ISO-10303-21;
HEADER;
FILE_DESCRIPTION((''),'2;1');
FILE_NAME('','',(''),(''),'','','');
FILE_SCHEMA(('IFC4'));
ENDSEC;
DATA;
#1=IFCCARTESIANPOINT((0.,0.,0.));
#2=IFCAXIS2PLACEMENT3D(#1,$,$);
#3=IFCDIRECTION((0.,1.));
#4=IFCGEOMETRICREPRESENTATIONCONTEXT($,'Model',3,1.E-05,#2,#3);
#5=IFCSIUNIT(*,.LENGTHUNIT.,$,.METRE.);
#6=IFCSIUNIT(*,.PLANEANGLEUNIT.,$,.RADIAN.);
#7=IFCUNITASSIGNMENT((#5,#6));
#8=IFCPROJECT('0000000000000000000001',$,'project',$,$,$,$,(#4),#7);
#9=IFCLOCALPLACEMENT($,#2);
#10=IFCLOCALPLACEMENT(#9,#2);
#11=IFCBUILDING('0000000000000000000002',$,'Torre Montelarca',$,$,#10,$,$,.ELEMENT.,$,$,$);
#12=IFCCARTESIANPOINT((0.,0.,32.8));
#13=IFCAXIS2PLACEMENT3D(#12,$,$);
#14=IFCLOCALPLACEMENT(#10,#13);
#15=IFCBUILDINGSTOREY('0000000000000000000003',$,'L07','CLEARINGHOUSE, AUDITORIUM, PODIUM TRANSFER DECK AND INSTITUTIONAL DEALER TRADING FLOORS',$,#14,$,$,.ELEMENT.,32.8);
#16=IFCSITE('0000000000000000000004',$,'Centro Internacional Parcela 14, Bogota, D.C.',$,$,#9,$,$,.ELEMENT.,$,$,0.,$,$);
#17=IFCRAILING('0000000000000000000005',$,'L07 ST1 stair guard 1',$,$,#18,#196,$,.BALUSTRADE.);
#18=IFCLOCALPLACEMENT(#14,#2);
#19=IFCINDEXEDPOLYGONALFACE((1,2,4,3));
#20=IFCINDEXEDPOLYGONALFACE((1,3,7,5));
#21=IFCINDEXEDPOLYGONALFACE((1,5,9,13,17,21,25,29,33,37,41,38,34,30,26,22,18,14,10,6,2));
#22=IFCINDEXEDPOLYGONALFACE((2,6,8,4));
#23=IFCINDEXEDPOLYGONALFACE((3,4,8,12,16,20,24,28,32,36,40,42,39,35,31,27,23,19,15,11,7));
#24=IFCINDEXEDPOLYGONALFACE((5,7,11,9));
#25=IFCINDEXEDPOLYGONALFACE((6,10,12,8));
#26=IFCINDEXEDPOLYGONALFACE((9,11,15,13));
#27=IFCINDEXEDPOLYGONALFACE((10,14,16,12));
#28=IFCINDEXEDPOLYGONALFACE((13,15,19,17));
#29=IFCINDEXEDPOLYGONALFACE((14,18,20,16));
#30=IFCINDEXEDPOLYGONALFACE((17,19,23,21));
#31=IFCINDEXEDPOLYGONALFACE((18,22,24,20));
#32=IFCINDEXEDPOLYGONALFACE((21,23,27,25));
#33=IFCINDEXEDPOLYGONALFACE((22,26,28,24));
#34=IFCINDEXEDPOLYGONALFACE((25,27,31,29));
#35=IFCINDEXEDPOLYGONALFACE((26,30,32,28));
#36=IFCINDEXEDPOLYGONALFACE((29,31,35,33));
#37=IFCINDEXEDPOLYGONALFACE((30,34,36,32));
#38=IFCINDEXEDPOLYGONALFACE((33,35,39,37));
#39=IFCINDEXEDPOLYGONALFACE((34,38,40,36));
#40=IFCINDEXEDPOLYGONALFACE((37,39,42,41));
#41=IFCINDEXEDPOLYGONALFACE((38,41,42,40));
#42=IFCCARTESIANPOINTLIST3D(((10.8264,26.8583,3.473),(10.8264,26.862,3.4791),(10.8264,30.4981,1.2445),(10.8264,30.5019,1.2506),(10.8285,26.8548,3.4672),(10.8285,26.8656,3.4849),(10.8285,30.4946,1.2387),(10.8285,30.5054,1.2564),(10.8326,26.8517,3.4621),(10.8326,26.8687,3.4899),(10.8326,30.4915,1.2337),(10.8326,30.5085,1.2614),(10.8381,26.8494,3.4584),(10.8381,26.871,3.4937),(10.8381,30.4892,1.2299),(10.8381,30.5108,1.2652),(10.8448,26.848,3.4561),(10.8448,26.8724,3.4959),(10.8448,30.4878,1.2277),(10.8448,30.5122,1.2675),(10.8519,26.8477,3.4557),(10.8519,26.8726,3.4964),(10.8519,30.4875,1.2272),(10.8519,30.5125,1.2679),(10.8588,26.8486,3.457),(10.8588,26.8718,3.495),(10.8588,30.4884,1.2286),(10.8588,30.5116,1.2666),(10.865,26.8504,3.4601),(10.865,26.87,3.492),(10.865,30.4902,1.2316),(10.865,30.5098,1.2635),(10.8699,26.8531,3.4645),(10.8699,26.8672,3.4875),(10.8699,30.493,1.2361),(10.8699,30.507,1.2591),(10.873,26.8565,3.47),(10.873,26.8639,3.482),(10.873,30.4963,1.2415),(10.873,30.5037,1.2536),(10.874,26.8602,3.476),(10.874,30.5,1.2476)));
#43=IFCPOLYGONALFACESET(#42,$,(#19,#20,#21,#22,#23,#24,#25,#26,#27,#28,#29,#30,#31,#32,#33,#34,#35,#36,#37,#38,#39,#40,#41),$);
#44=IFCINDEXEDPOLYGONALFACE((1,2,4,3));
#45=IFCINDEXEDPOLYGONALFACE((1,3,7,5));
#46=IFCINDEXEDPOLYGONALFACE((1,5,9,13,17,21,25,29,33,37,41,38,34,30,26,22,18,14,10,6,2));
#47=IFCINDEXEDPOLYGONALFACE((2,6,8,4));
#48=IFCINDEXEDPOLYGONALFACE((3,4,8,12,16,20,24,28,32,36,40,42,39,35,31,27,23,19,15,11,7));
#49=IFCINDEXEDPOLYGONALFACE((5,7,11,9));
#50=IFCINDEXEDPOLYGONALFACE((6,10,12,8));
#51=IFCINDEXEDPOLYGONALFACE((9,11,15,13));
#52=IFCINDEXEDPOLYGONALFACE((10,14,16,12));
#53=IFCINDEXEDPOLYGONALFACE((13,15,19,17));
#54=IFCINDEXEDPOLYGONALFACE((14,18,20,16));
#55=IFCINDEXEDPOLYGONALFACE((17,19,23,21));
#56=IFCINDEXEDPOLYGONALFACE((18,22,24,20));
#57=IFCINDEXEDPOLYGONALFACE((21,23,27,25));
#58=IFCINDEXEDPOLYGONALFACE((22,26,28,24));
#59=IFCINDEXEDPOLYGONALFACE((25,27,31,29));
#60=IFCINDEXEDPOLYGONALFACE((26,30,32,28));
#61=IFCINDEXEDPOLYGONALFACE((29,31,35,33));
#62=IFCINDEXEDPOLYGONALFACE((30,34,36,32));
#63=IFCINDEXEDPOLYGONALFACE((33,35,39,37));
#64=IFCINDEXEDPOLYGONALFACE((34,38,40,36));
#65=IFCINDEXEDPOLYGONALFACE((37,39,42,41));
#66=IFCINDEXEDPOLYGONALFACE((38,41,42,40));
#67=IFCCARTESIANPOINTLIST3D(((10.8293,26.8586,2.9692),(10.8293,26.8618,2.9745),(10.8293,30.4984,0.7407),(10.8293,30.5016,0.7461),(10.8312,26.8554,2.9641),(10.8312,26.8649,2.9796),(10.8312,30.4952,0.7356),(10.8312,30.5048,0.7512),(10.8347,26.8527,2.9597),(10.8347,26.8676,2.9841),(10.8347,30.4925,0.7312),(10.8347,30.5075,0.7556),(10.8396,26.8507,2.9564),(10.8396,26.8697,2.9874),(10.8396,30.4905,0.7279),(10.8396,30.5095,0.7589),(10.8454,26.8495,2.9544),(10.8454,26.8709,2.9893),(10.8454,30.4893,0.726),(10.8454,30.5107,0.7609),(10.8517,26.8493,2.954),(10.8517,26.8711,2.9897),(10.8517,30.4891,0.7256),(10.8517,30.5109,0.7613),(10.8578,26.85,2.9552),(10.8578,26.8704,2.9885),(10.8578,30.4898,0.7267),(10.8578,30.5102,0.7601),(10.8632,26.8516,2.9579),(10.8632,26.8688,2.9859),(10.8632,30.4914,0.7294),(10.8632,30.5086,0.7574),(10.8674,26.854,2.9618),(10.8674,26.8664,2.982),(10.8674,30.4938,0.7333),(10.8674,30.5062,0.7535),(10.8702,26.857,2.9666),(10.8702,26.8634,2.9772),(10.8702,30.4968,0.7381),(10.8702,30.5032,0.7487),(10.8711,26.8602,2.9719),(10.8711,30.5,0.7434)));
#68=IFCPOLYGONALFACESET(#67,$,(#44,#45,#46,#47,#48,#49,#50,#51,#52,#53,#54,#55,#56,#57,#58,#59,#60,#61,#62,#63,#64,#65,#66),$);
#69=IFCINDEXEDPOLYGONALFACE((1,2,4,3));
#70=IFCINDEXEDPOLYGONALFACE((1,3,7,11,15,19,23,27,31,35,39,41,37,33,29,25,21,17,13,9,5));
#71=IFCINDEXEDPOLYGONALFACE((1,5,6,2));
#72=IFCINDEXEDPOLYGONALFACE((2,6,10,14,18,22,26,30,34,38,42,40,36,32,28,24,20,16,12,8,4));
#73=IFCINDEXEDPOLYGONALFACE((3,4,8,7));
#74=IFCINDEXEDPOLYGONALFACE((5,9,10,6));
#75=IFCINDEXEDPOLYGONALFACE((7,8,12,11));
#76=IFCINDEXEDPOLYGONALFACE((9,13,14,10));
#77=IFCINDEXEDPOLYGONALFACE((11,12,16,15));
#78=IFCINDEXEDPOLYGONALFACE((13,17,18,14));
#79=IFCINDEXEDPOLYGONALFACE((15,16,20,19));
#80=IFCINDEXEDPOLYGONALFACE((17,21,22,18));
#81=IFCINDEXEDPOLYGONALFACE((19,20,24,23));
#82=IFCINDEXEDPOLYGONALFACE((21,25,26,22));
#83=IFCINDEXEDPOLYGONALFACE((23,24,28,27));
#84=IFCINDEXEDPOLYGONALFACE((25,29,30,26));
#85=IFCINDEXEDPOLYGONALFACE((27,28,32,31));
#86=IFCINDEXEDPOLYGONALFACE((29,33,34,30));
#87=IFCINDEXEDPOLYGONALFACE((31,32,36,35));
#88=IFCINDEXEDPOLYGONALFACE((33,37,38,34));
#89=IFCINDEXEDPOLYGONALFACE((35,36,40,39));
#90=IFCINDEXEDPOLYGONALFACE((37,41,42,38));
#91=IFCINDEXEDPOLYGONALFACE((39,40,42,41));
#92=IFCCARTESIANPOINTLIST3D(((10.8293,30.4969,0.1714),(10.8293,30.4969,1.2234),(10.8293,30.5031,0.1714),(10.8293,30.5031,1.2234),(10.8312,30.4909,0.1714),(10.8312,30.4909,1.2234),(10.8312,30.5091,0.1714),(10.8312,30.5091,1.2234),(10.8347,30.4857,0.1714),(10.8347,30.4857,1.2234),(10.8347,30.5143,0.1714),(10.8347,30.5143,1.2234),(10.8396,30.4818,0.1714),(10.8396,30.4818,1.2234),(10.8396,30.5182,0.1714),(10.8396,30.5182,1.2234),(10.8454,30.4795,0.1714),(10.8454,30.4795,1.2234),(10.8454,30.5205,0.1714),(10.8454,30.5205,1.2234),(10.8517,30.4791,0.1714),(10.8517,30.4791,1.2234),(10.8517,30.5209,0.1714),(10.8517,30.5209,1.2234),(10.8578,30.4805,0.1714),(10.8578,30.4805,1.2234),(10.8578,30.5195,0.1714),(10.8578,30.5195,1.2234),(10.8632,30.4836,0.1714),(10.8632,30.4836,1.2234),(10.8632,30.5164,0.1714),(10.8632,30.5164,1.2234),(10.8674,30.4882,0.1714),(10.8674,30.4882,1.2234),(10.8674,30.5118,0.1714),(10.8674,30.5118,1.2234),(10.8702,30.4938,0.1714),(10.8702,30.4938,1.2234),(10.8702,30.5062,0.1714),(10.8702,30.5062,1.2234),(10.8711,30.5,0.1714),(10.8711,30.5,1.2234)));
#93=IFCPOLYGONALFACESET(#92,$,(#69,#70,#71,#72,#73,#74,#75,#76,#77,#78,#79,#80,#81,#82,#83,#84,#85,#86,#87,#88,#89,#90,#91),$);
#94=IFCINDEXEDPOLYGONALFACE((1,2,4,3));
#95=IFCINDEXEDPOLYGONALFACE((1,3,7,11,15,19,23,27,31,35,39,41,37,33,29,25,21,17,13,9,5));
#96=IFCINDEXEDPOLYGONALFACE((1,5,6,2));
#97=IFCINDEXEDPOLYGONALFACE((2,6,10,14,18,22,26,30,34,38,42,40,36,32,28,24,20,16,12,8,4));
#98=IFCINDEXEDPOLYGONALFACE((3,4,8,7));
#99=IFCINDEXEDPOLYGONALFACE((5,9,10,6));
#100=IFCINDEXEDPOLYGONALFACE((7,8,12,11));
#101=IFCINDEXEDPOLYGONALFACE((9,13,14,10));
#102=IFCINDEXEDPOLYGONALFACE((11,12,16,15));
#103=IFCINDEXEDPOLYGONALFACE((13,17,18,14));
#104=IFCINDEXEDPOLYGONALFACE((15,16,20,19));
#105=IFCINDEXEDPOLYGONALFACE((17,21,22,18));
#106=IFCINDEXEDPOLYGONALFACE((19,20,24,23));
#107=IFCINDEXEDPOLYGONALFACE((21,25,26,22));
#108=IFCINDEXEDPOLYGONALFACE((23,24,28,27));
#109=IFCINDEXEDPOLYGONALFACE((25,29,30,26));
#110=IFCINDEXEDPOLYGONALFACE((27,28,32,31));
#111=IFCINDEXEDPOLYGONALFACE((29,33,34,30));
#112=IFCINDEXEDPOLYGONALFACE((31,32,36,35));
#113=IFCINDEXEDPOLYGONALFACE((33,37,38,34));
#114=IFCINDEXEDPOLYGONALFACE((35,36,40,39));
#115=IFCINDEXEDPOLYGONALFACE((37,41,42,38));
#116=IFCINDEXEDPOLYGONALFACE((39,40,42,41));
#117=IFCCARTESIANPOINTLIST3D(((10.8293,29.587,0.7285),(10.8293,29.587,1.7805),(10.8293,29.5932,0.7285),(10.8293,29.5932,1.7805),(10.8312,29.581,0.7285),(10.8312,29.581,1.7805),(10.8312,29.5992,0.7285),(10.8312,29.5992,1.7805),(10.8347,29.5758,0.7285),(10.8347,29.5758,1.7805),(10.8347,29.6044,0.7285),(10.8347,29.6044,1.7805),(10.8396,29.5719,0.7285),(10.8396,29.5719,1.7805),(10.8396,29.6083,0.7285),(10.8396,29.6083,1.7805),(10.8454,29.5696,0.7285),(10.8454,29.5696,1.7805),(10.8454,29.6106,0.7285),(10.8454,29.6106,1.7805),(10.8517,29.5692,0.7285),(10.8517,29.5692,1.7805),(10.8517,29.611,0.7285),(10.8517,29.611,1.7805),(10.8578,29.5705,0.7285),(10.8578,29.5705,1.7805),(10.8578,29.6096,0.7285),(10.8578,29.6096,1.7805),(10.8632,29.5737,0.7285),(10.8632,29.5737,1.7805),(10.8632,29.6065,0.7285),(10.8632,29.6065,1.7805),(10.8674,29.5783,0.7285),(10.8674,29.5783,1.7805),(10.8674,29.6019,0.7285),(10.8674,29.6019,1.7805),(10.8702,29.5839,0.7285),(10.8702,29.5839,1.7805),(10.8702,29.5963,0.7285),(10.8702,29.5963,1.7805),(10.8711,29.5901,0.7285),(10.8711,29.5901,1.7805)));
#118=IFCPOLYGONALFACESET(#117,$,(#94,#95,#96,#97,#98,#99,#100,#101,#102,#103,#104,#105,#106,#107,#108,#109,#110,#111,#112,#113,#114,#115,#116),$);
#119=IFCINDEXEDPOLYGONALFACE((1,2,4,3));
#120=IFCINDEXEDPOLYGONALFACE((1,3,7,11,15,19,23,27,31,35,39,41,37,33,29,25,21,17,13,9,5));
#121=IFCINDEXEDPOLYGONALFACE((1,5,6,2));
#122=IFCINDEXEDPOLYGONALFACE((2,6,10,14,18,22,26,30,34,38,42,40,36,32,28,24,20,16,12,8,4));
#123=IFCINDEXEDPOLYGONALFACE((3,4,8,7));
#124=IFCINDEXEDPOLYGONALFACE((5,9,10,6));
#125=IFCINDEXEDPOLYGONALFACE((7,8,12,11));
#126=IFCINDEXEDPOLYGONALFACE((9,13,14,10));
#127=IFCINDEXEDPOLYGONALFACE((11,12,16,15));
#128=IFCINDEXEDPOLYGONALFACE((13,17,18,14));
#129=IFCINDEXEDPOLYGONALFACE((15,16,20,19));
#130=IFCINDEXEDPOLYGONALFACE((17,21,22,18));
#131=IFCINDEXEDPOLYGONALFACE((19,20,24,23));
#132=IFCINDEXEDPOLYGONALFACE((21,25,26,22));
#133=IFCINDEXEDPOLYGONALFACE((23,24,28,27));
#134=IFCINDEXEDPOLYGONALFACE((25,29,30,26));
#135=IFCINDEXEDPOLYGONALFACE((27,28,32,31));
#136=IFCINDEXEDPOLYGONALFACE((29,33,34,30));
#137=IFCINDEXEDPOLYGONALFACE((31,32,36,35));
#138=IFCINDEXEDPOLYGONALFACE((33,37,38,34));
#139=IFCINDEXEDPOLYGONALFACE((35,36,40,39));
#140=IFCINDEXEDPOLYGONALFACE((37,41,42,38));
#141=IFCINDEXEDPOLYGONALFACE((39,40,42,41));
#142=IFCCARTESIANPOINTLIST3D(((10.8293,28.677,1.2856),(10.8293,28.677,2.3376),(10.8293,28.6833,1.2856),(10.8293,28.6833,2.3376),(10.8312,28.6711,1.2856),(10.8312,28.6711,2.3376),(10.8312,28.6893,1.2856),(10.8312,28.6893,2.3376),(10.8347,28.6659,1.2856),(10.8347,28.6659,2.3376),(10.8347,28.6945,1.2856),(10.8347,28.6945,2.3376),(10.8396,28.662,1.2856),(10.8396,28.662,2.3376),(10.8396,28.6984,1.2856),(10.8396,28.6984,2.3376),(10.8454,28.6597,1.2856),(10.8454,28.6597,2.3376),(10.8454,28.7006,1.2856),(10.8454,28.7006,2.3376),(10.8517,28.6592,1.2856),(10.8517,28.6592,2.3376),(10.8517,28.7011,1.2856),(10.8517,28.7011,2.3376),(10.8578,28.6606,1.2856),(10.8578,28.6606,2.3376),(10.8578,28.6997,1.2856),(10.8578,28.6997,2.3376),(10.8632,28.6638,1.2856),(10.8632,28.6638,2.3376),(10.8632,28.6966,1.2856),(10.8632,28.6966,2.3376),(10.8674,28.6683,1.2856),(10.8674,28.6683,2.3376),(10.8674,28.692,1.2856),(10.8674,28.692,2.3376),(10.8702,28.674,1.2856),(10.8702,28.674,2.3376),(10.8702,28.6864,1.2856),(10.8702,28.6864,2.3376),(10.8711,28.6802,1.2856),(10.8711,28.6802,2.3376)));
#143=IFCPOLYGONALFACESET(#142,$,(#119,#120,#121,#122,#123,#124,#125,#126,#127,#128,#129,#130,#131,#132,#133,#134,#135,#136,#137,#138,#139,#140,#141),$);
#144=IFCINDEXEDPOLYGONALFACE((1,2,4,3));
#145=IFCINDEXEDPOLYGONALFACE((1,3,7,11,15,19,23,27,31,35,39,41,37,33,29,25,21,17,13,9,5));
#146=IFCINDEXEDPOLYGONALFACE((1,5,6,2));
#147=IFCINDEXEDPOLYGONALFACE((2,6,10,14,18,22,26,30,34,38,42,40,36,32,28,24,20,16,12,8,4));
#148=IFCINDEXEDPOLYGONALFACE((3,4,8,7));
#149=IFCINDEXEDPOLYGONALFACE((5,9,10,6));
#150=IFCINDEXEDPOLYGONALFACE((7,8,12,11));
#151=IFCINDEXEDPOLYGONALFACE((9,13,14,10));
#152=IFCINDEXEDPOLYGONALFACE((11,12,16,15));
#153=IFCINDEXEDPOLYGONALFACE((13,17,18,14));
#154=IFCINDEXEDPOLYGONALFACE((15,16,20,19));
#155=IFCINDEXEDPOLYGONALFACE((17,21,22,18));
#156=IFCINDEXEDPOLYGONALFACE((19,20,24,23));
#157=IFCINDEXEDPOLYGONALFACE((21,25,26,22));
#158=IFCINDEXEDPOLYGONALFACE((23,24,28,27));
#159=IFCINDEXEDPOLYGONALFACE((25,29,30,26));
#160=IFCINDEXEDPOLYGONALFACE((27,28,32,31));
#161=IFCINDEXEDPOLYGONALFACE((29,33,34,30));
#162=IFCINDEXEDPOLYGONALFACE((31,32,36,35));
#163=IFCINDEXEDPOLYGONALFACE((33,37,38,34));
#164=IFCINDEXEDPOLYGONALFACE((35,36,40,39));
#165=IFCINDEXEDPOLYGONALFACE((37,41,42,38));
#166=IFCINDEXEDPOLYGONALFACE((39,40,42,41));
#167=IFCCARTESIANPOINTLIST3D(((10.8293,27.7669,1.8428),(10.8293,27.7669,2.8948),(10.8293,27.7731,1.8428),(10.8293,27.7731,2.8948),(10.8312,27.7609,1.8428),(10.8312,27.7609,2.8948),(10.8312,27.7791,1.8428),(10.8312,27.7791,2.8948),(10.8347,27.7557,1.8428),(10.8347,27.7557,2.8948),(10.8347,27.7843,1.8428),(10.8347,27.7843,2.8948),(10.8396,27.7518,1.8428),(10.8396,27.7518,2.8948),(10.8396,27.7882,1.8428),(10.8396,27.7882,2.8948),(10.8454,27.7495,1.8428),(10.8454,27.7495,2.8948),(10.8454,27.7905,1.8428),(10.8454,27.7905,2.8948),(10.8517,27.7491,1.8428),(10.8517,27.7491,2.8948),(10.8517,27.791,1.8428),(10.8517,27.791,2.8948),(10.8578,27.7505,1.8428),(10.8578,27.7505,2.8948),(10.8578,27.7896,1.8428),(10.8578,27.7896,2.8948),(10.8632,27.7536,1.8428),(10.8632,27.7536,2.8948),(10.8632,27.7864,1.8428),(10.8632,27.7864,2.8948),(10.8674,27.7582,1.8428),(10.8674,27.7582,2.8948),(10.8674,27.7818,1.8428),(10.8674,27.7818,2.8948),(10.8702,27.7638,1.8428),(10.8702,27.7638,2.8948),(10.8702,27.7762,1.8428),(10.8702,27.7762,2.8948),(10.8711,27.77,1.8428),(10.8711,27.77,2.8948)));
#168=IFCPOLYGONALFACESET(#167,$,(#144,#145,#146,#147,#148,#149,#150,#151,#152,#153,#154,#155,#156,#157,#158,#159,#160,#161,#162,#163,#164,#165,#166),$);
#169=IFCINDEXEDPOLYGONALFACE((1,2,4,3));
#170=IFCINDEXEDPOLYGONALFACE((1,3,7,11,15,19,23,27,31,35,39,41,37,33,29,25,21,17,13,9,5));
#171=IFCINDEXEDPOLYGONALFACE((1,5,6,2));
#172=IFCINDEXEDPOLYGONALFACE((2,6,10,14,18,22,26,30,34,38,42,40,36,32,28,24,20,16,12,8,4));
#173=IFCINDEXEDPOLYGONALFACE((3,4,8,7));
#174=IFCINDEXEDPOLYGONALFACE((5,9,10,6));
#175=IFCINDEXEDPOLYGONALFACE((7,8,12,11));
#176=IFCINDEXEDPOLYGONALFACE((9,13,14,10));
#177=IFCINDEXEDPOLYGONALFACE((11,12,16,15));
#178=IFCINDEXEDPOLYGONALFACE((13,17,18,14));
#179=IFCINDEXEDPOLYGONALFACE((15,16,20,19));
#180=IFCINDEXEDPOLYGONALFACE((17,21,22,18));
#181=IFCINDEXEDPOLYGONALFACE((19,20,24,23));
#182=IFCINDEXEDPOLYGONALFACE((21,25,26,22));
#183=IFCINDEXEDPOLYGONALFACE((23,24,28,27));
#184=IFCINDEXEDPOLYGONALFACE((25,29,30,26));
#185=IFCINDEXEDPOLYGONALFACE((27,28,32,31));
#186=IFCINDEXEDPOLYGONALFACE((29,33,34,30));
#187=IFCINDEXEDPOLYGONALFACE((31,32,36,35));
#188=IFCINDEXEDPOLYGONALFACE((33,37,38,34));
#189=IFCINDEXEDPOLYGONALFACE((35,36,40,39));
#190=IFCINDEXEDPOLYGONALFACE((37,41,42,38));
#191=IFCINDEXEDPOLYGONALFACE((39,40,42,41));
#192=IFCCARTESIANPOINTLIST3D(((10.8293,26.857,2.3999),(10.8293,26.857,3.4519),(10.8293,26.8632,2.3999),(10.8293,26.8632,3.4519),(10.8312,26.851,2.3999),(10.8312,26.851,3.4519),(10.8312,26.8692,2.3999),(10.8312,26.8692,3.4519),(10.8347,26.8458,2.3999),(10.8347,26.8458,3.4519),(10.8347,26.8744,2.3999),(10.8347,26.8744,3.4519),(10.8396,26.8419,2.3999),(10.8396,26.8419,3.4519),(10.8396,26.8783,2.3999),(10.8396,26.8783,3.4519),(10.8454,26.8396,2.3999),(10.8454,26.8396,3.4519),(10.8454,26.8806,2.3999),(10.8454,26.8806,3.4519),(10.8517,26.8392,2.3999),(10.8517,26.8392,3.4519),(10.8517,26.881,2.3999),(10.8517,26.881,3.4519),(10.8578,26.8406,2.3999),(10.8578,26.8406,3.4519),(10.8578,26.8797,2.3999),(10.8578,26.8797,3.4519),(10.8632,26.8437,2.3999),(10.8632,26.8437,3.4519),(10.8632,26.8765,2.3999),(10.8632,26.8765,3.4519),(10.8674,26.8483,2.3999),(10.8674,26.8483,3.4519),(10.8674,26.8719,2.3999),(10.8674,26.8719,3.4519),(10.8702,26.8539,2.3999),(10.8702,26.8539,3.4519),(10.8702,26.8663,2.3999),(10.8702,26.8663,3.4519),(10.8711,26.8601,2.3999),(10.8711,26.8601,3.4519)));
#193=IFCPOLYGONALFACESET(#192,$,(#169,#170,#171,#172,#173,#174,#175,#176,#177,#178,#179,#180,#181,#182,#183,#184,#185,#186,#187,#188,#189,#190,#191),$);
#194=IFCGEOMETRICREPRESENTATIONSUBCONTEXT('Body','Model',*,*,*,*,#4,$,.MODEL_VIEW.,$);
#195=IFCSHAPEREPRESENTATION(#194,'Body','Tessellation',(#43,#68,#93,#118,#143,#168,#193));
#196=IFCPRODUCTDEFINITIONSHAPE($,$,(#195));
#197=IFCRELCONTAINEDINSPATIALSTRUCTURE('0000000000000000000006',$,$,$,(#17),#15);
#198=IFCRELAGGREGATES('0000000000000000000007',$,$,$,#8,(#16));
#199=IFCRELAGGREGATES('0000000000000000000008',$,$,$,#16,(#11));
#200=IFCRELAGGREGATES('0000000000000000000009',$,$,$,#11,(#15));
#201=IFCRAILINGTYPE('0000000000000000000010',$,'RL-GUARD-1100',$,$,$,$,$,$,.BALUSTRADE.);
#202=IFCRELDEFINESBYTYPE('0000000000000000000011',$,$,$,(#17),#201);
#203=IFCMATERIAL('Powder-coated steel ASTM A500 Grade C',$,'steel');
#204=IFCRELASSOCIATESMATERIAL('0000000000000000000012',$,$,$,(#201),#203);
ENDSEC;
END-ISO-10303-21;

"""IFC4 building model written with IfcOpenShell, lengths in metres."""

from ifc_helpers import new_model, si_unit, direction, frame, origin, origin_2d, place, context, subcontext, project, spatial, circle, extrude, material, type_object, element, save


model = new_model("IFC4")

# Units and contexts
model_context = context("Model", 3, precision=1e-05, world=origin(), true_north=direction((0.0, 1.0)))
body_context = subcontext(model_context, "Body", "Model", "MODEL_VIEW")
ifc_project = project(units=[si_unit("LENGTHUNIT", "METRE"), si_unit("PLANEANGLEUNIT", "RADIAN")], contexts=[model_context])

# Site, building, storey
site_placement = place(None, origin())
site = spatial("IfcSite", under=ifc_project, at=site_placement, Name="Centro Internacional Parcela 14, Bogota, D.C.", CompositionType="ELEMENT", RefElevation=0.0)
building_placement = place(site_placement, origin())
building = spatial("IfcBuilding", under=site, at=building_placement, Name="Torre Montelarca", CompositionType="ELEMENT")
storey_placement = place(building_placement, frame((0.0, 0.0, 32.8)))
storey = spatial("IfcBuildingStorey", under=building, at=storey_placement, Name="L07", Description="CLEARINGHOUSE, AUDITORIUM, PODIUM TRANSFER DECK AND INSTITUTIONAL DEALER TRADING FLOORS", CompositionType="ELEMENT", Elevation=32.8)

# Railing
ifc_material_1 = material(Name="Powder-coated steel ASTM A500 Grade C", Category="steel")
railing_type_1 = type_object("IfcRailingType", Name="RL-GUARD-1100", PredefinedType="BALUSTRADE", material=ifc_material_1)
railing_1_placement = place(storey_placement, frame((10.8501, 30.5, 0.1714)))
element("IfcRailing", 1, at=railing_1_placement, inside=storey, type_object=railing_type_1, Name="L07 ST1 stair guard 1", PredefinedType="BALUSTRADE", context=body_context, shape_type="SweptSolid", body=[
    extrude(circle(Radius=0.0239, at=origin_2d()), frame((0.0, 0.0, 1.0762), z_axis=(0.0, -0.85285, 0.522156), x_axis=(1.0, 0.0, 0.0)), (0.0, 0.0, 1.0), 4.2678),
    extrude(circle(Radius=0.021, at=origin_2d()), frame((0.0, 0.0, 0.572), z_axis=(0.0, -0.85285, 0.522156), x_axis=(1.0, 0.0, 0.0)), (0.0, 0.0, 1.0), 4.2678),
    extrude(circle(Radius=0.021, at=origin_2d()), origin(), (0.0, 0.0, 1.0), 1.052),
    extrude(circle(Radius=0.021, at=origin_2d()), frame((0.0, -0.9099, 0.5571)), (0.0, 0.0, 1.0), 1.052),
    extrude(circle(Radius=0.021, at=origin_2d()), frame((0.0, -1.8198, 1.1143)), (0.0, 0.0, 1.0), 1.052),
    extrude(circle(Radius=0.021, at=origin_2d()), frame((0.0, -2.73, 1.6714)), (0.0, 0.0, 1.0), 1.052),
    extrude(circle(Radius=0.021, at=origin_2d()), frame((0.0, -3.6399, 2.2285)), (0.0, 0.0, 1.0), 1.052),
])

save(model, "model.ifc")
